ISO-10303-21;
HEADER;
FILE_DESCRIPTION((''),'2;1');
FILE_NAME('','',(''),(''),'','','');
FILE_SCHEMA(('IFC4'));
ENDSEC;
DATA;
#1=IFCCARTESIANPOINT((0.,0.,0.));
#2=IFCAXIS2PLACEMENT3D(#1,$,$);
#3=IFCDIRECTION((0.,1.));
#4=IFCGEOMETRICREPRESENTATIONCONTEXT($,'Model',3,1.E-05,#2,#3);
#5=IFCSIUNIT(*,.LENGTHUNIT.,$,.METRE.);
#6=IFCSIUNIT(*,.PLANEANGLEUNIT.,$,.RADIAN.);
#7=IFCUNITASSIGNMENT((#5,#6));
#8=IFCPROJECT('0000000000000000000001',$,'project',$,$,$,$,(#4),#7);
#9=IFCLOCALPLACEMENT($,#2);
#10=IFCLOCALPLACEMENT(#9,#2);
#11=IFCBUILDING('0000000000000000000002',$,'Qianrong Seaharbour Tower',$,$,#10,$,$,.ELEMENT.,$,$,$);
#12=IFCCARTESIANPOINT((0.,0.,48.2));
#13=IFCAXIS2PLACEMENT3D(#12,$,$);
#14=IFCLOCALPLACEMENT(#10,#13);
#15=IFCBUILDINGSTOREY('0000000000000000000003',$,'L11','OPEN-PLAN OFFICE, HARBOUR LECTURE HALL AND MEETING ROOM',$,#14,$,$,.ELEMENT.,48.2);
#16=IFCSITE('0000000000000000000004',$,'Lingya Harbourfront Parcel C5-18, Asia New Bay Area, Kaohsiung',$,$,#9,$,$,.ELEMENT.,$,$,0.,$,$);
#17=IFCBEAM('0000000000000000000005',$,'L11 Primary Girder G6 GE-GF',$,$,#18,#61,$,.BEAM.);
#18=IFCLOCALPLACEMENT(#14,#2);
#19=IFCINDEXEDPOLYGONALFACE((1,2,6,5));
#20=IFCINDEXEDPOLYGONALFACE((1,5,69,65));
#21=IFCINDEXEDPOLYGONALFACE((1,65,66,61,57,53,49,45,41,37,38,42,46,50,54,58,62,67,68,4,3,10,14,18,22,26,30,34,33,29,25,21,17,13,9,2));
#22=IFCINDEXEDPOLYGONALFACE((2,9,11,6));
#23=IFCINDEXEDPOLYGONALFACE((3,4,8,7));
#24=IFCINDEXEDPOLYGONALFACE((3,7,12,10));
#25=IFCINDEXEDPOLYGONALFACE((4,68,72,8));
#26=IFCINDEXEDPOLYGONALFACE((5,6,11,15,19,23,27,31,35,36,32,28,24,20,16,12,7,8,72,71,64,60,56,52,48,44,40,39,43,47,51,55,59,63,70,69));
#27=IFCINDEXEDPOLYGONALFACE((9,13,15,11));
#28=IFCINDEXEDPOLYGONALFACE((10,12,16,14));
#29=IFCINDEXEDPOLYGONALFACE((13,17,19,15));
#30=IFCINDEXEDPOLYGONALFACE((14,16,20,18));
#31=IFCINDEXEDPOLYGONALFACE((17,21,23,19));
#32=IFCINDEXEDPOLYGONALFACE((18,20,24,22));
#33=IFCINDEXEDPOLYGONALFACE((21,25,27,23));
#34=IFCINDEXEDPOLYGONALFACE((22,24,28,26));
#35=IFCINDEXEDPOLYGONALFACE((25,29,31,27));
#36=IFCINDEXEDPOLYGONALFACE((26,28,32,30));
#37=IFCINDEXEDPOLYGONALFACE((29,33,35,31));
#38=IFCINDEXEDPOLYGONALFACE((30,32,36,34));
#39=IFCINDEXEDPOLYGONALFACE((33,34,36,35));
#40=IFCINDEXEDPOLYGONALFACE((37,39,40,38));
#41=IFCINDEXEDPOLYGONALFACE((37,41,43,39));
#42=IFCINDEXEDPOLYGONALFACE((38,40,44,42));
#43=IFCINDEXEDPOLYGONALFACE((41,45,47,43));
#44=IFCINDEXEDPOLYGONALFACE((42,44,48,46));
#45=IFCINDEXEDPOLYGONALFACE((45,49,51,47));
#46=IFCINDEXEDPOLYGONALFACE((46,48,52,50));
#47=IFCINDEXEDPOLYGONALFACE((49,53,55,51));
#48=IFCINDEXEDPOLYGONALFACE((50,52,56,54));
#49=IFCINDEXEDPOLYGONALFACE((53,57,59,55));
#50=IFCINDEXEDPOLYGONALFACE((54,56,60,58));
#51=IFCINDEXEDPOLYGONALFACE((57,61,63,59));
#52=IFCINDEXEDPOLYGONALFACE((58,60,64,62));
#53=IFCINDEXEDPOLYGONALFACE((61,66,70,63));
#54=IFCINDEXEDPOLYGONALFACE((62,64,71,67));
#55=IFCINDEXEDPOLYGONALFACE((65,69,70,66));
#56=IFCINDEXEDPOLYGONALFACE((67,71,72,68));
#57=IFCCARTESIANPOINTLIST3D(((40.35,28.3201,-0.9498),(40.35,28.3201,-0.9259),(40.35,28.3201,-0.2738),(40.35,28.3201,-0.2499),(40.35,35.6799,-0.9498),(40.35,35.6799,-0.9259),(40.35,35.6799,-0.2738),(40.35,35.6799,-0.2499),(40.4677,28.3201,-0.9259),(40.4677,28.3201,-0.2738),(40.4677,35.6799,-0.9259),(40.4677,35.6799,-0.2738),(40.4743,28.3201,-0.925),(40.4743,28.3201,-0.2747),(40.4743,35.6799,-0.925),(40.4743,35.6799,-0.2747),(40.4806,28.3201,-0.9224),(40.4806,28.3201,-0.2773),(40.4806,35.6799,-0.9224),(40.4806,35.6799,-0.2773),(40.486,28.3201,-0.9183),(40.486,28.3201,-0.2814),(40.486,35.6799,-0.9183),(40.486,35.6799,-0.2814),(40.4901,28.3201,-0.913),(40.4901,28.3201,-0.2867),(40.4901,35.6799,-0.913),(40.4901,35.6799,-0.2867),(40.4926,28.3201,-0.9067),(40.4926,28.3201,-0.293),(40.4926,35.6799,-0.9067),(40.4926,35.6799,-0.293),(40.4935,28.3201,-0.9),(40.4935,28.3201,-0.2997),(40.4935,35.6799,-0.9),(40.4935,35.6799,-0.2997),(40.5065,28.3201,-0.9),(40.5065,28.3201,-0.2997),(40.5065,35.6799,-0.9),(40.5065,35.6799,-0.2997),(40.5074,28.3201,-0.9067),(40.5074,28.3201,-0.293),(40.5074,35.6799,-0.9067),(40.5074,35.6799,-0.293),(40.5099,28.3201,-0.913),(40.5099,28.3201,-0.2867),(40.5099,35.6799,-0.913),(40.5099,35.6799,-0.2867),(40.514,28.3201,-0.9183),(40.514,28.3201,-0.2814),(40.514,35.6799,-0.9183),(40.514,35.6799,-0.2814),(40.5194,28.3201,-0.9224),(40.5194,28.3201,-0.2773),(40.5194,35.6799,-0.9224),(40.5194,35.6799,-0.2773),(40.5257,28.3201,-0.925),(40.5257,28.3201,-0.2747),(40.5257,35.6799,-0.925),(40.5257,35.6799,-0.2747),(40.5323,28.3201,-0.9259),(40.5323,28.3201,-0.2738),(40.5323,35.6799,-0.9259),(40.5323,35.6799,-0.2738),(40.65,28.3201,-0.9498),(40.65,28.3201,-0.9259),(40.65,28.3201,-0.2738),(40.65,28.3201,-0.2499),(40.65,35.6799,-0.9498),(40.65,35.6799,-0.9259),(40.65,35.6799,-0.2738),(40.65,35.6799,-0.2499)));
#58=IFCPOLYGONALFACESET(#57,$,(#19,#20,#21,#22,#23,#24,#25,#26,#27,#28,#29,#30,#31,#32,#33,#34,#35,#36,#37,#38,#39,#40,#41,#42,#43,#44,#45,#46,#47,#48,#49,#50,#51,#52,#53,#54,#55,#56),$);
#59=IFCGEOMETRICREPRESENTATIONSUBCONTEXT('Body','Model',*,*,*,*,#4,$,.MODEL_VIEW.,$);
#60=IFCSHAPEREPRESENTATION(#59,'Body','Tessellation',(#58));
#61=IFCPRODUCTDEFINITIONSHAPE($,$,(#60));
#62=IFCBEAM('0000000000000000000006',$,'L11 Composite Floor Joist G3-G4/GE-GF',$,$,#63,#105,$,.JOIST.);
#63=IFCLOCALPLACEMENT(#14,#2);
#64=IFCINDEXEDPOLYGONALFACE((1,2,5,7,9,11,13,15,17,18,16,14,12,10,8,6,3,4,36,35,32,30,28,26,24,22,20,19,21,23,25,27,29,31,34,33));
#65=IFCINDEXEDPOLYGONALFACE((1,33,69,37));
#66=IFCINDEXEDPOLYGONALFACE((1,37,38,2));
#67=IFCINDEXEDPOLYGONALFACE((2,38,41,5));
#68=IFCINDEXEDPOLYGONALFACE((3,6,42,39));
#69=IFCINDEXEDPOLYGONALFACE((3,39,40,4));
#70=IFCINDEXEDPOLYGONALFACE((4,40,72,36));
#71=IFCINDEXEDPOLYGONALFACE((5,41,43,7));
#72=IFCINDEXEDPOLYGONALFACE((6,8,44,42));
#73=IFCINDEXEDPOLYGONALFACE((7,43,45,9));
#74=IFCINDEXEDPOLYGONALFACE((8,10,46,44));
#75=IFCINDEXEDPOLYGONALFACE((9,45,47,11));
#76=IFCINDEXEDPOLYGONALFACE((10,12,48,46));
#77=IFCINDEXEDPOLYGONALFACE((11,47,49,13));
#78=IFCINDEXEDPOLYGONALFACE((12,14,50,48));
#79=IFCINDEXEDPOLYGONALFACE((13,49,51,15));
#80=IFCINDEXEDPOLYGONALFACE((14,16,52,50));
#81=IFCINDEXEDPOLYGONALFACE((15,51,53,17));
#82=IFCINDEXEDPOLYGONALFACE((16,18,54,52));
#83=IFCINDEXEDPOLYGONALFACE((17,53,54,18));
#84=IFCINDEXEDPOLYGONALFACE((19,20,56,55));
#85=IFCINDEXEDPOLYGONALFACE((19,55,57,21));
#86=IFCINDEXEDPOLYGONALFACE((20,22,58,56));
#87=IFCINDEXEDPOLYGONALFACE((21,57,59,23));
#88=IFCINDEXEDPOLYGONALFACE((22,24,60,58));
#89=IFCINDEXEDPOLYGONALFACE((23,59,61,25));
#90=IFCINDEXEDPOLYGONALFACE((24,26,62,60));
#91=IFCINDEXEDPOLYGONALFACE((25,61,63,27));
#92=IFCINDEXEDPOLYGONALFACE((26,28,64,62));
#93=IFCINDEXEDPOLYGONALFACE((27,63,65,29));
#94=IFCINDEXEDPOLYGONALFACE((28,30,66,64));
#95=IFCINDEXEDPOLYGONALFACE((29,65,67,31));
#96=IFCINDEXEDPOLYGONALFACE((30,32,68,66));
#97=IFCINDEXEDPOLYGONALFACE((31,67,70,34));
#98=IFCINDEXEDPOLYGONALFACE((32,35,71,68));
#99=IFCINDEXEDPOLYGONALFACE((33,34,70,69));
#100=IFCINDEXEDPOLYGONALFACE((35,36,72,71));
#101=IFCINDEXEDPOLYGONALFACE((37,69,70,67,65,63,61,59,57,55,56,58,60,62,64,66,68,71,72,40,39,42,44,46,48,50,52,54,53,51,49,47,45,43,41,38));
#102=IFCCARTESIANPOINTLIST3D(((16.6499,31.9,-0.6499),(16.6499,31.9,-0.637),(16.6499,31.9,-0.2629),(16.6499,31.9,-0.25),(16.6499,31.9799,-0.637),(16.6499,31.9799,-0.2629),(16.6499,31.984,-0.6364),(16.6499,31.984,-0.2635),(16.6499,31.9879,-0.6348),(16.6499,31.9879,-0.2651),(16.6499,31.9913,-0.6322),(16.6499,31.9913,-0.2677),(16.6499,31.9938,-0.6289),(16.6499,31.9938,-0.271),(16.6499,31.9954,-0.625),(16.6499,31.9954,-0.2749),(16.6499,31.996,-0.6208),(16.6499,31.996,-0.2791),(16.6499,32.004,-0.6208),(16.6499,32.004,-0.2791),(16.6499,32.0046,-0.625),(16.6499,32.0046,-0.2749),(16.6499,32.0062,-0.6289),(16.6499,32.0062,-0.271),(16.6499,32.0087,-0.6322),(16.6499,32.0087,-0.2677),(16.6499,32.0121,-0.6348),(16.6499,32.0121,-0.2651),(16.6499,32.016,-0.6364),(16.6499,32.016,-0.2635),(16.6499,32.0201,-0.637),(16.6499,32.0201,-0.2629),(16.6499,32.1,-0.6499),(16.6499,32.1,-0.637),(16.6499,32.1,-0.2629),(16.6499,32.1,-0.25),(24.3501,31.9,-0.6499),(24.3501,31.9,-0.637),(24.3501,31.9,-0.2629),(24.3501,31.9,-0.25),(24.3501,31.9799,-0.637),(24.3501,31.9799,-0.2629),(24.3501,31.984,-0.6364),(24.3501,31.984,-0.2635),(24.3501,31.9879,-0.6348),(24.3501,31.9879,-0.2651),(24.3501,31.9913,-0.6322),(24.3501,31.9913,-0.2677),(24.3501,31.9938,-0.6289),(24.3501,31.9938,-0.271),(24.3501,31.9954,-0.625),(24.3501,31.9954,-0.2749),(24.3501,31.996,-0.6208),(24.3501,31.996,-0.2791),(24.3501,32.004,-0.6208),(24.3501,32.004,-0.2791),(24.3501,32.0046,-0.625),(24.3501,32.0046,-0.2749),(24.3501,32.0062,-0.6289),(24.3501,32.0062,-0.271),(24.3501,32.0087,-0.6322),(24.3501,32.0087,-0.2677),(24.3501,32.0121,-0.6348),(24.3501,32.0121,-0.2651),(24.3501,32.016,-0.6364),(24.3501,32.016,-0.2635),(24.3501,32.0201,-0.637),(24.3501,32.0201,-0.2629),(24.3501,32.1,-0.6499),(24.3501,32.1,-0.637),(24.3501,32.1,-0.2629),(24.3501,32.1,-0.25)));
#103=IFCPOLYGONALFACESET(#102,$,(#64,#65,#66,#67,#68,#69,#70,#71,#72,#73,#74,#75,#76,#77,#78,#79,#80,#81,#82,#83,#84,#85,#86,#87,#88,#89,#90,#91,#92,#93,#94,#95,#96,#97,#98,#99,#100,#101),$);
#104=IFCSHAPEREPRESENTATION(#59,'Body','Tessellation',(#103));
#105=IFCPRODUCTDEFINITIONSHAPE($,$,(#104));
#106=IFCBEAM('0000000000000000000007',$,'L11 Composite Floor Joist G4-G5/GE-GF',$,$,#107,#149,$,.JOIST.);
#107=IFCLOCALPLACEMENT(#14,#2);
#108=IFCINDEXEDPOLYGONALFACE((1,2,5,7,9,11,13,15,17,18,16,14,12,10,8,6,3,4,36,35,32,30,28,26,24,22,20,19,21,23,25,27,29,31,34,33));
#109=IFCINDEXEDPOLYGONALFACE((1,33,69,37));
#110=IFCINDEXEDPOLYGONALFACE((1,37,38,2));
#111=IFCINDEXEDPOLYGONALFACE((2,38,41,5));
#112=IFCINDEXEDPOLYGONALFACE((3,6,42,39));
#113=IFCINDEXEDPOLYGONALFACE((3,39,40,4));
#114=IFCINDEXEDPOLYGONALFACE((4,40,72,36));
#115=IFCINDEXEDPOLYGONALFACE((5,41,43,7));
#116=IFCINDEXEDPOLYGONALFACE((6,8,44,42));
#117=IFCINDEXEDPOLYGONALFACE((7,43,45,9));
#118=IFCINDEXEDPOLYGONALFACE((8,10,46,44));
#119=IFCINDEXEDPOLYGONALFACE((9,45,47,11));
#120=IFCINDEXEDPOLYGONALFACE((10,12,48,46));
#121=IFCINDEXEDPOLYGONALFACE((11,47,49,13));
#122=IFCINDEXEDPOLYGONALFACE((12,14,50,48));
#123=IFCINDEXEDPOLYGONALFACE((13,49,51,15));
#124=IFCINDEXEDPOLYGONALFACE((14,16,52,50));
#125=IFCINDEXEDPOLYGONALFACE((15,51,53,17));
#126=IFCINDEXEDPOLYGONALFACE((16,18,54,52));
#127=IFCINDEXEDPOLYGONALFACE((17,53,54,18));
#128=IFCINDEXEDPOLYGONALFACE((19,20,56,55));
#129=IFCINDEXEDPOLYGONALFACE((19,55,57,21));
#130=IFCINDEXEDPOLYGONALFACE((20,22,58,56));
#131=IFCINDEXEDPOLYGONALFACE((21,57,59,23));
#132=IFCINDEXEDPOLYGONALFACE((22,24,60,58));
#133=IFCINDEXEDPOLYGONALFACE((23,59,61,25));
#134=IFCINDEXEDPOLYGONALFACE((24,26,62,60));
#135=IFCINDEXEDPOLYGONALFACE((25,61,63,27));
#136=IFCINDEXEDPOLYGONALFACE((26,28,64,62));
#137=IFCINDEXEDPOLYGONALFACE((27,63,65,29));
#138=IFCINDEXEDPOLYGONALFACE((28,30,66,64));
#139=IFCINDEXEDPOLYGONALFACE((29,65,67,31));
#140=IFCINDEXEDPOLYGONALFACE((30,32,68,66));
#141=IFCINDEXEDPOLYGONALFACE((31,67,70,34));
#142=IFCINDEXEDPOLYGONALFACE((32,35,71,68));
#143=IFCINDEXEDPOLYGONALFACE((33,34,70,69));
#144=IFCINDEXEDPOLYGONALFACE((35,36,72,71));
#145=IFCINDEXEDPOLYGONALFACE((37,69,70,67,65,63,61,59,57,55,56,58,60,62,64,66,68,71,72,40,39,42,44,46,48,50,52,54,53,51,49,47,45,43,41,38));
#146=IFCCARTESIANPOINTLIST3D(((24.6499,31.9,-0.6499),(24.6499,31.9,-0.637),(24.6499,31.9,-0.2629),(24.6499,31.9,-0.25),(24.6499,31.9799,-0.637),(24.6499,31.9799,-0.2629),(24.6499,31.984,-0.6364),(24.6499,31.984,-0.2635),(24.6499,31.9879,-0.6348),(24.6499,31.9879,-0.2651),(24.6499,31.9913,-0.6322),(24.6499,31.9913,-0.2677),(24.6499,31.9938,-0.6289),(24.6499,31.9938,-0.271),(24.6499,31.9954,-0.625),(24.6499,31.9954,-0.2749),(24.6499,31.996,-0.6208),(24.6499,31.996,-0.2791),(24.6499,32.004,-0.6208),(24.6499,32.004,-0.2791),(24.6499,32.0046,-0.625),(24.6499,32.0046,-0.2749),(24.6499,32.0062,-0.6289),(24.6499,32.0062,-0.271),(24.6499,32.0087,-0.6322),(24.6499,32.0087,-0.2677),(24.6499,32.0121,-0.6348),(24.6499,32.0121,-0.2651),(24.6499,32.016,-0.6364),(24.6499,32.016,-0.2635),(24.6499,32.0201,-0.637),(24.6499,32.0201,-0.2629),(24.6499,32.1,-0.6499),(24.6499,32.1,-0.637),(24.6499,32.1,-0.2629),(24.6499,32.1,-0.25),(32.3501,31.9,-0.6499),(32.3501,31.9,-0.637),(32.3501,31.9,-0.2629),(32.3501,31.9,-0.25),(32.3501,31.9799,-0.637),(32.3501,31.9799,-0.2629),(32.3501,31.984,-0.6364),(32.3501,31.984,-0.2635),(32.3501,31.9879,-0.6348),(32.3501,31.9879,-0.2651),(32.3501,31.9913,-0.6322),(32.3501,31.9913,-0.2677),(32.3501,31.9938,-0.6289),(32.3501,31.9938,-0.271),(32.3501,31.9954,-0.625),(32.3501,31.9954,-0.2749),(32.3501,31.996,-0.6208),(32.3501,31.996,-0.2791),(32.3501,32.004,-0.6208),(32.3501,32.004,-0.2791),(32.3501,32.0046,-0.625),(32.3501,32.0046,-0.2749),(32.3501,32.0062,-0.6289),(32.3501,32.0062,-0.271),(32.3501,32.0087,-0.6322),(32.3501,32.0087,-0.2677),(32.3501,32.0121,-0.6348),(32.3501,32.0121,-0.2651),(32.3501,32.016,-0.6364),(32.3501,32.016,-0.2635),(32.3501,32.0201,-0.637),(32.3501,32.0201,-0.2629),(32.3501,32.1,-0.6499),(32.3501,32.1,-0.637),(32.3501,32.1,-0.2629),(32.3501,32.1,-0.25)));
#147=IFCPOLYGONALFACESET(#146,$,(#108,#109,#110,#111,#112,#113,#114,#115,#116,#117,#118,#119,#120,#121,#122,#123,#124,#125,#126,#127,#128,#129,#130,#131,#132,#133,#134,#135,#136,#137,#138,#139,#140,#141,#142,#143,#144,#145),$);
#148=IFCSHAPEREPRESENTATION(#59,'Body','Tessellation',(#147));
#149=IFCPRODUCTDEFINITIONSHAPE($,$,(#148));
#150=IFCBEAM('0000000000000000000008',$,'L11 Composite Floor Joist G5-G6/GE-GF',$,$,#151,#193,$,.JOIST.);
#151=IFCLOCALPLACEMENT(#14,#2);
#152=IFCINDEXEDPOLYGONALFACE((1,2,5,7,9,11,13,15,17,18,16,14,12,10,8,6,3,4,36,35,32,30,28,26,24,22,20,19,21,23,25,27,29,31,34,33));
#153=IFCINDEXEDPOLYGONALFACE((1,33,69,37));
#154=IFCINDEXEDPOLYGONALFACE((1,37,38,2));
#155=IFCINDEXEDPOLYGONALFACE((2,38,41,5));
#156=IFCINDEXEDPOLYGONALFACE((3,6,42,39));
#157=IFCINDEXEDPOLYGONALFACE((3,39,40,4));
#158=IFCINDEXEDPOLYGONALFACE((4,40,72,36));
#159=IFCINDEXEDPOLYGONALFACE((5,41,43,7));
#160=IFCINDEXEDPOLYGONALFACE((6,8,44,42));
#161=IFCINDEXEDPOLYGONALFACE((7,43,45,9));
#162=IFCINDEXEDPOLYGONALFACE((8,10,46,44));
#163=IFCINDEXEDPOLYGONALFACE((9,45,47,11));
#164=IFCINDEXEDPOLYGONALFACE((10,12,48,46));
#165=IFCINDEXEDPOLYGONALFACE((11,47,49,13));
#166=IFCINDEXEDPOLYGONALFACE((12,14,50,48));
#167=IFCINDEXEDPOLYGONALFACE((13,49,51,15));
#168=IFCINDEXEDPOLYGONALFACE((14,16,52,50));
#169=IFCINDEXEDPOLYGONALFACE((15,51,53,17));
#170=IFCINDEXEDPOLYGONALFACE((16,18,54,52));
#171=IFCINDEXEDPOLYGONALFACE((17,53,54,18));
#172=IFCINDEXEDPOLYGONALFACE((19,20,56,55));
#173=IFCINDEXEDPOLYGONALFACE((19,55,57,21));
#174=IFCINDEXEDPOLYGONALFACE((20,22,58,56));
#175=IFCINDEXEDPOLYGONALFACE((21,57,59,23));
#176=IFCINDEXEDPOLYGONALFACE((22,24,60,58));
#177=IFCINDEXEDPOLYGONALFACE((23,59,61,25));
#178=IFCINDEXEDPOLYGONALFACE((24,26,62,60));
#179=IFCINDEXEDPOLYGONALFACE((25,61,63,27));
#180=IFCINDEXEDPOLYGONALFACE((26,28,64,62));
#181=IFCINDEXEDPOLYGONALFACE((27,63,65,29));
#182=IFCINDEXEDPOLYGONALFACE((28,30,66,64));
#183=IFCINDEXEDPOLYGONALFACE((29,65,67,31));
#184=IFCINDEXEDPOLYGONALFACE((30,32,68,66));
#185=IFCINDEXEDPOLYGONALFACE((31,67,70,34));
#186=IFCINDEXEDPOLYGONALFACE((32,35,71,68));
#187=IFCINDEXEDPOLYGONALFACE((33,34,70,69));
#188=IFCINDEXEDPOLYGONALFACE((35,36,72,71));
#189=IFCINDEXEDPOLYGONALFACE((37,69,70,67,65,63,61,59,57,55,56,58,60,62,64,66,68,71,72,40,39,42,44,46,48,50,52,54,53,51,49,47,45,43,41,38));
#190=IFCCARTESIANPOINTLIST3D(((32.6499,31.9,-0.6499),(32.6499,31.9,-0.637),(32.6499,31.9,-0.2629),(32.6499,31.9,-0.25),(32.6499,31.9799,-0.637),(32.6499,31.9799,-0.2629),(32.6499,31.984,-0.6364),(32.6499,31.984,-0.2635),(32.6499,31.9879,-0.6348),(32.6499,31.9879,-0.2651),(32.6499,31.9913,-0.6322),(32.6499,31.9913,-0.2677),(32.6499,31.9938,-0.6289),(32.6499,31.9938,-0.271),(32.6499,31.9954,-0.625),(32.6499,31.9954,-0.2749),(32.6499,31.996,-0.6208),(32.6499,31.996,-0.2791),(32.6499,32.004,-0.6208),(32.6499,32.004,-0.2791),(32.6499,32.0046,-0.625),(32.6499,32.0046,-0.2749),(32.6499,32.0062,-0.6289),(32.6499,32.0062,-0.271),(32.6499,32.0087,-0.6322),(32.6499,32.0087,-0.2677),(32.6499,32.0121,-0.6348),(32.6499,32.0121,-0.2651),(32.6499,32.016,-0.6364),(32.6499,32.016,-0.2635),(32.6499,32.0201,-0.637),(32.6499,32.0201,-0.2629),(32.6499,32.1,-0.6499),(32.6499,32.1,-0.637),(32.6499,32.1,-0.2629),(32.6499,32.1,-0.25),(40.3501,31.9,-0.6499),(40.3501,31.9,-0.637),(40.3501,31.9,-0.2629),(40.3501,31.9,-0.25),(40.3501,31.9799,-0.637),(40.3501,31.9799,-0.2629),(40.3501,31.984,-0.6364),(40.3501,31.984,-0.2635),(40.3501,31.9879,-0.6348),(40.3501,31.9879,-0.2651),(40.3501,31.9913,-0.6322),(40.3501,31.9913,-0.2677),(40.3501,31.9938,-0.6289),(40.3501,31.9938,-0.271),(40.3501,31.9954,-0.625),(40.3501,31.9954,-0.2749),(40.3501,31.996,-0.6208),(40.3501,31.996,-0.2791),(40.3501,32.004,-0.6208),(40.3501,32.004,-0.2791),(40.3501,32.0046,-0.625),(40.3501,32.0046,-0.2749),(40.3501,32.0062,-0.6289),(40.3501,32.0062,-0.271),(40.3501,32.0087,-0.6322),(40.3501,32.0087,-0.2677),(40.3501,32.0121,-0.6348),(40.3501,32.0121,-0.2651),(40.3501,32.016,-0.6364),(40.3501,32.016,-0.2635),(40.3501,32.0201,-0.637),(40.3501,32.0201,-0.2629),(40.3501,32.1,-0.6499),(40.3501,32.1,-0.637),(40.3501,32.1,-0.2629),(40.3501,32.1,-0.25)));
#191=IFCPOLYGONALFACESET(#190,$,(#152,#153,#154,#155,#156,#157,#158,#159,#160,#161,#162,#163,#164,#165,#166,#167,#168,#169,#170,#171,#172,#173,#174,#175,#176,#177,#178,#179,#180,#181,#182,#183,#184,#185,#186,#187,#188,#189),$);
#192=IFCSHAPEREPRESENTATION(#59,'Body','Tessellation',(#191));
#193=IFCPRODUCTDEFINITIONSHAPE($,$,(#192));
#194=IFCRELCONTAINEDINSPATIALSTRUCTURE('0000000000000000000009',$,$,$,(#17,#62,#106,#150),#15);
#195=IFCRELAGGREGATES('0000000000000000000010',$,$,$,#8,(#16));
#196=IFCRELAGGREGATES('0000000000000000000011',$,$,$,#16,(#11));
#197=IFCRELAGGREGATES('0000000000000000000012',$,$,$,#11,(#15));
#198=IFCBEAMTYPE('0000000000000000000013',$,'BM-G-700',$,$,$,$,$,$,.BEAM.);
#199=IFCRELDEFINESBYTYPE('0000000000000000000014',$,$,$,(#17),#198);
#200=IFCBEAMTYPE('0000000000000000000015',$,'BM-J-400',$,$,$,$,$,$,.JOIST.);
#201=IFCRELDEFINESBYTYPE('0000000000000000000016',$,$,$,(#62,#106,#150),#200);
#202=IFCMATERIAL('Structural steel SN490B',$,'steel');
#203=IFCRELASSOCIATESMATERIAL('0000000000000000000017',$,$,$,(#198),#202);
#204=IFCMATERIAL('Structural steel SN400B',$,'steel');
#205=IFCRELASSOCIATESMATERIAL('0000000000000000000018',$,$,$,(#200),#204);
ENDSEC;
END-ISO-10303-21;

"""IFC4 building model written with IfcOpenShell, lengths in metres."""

from ifc_helpers import new_model, si_unit, direction, frame, origin, origin_2d, place, context, subcontext, project, spatial, i_section, extrude, material, material_profile, profile_set, type_object, element, save


model = new_model("IFC4")

# Units and contexts
model_context = context("Model", 3, precision=1e-05, world=origin(), true_north=direction((0.0, 1.0)))
body_context = subcontext(model_context, "Body", "Model", "MODEL_VIEW")
ifc_project = project(units=[si_unit("LENGTHUNIT", "METRE"), si_unit("PLANEANGLEUNIT", "RADIAN")], contexts=[model_context])

# Site, building, storey
site_placement = place(None, origin())
site = spatial("IfcSite", under=ifc_project, at=site_placement, Name="Lingya Harbourfront Parcel C5-18, Asia New Bay Area, Kaohsiung", CompositionType="ELEMENT", RefElevation=0.0)
building_placement = place(site_placement, origin())
building = spatial("IfcBuilding", under=site, at=building_placement, Name="Qianrong Seaharbour Tower", CompositionType="ELEMENT")
storey_placement = place(building_placement, frame((0.0, 0.0, 48.2)))
storey = spatial("IfcBuildingStorey", under=building, at=storey_placement, Name="L11", Description="OPEN-PLAN OFFICE, HARBOUR LECTURE HALL AND MEETING ROOM", CompositionType="ELEMENT", Elevation=48.2)

# Shared definitions
ifc_material_1 = material(Name="Structural steel SN490B", Category="steel")

# Beams
ifc_material_profile_1 = material_profile(ifc_material_1, i_section(OverallWidth=0.3, OverallDepth=0.7, WebThickness=0.0129, FlangeThickness=0.0239, FilletRadius=0.0259, at=origin_2d()), Name="H700x300x13x24")
ifc_profile_set_1 = profile_set([ifc_material_profile_1], Name="Structural steel SN490B")
beam_type_1 = type_object("IfcBeamType", Name="BM-G-700", PredefinedType="BEAM", material=ifc_profile_set_1)
for number, where, z_axis, x_axis, name in (
    (1, (40.5, 28.3201, -0.5999), (0.0, 1.0, 0.0), (-1.0, 0.0, 0.0), "L11 Primary Girder G6 GE-GF"),
):
    element("IfcBeam", number, at=place(storey_placement, frame(where, z_axis=z_axis, x_axis=x_axis)), inside=storey, type_object=beam_type_1, Name=name, PredefinedType="BEAM", context=body_context, shape_type="SweptSolid", body=[
        extrude(i_section(OverallWidth=0.3, OverallDepth=0.7, WebThickness=0.0129, FlangeThickness=0.0239, FilletRadius=0.0259, at=origin_2d()), origin(), (0.0, 0.0, 1.0), 7.3599),
    ])
ifc_material_2 = material(Name="Structural steel SN400B", Category="steel")
ifc_material_profile_2 = material_profile(ifc_material_2, i_section(OverallWidth=0.2, OverallDepth=0.3999, WebThickness=0.0081, FlangeThickness=0.0129, FilletRadius=0.0161, at=origin_2d()), Name="H400x200x8x13")
ifc_profile_set_2 = profile_set([ifc_material_profile_2], Name="Structural steel SN400B")
beam_type_2 = type_object("IfcBeamType", Name="BM-J-400", PredefinedType="JOIST", material=ifc_profile_set_2)
for number, where, z_axis, x_axis, name in (
    (2, (16.6499, 32.0, -0.45), (1.0, 0.0, 0.0), (0.0, 1.0, 0.0), "L11 Composite Floor Joist G3-G4/GE-GF"),
    (3, (24.6499, 32.0, -0.45), (1.0, 0.0, 0.0), (0.0, 1.0, 0.0), "L11 Composite Floor Joist G4-G5/GE-GF"),
    (4, (32.6499, 32.0, -0.45), (1.0, 0.0, 0.0), (0.0, 1.0, 0.0), "L11 Composite Floor Joist G5-G6/GE-GF"),
):
    element("IfcBeam", number, at=place(storey_placement, frame(where, z_axis=z_axis, x_axis=x_axis)), inside=storey, type_object=beam_type_2, Name=name, PredefinedType="JOIST", context=body_context, shape_type="SweptSolid", body=[
        extrude(i_section(OverallWidth=0.2, OverallDepth=0.3999, WebThickness=0.0081, FlangeThickness=0.0129, FilletRadius=0.0161, at=origin_2d()), origin(), (0.0, 0.0, 1.0), 7.7002),
    ])

save(model, "model.ifc")
